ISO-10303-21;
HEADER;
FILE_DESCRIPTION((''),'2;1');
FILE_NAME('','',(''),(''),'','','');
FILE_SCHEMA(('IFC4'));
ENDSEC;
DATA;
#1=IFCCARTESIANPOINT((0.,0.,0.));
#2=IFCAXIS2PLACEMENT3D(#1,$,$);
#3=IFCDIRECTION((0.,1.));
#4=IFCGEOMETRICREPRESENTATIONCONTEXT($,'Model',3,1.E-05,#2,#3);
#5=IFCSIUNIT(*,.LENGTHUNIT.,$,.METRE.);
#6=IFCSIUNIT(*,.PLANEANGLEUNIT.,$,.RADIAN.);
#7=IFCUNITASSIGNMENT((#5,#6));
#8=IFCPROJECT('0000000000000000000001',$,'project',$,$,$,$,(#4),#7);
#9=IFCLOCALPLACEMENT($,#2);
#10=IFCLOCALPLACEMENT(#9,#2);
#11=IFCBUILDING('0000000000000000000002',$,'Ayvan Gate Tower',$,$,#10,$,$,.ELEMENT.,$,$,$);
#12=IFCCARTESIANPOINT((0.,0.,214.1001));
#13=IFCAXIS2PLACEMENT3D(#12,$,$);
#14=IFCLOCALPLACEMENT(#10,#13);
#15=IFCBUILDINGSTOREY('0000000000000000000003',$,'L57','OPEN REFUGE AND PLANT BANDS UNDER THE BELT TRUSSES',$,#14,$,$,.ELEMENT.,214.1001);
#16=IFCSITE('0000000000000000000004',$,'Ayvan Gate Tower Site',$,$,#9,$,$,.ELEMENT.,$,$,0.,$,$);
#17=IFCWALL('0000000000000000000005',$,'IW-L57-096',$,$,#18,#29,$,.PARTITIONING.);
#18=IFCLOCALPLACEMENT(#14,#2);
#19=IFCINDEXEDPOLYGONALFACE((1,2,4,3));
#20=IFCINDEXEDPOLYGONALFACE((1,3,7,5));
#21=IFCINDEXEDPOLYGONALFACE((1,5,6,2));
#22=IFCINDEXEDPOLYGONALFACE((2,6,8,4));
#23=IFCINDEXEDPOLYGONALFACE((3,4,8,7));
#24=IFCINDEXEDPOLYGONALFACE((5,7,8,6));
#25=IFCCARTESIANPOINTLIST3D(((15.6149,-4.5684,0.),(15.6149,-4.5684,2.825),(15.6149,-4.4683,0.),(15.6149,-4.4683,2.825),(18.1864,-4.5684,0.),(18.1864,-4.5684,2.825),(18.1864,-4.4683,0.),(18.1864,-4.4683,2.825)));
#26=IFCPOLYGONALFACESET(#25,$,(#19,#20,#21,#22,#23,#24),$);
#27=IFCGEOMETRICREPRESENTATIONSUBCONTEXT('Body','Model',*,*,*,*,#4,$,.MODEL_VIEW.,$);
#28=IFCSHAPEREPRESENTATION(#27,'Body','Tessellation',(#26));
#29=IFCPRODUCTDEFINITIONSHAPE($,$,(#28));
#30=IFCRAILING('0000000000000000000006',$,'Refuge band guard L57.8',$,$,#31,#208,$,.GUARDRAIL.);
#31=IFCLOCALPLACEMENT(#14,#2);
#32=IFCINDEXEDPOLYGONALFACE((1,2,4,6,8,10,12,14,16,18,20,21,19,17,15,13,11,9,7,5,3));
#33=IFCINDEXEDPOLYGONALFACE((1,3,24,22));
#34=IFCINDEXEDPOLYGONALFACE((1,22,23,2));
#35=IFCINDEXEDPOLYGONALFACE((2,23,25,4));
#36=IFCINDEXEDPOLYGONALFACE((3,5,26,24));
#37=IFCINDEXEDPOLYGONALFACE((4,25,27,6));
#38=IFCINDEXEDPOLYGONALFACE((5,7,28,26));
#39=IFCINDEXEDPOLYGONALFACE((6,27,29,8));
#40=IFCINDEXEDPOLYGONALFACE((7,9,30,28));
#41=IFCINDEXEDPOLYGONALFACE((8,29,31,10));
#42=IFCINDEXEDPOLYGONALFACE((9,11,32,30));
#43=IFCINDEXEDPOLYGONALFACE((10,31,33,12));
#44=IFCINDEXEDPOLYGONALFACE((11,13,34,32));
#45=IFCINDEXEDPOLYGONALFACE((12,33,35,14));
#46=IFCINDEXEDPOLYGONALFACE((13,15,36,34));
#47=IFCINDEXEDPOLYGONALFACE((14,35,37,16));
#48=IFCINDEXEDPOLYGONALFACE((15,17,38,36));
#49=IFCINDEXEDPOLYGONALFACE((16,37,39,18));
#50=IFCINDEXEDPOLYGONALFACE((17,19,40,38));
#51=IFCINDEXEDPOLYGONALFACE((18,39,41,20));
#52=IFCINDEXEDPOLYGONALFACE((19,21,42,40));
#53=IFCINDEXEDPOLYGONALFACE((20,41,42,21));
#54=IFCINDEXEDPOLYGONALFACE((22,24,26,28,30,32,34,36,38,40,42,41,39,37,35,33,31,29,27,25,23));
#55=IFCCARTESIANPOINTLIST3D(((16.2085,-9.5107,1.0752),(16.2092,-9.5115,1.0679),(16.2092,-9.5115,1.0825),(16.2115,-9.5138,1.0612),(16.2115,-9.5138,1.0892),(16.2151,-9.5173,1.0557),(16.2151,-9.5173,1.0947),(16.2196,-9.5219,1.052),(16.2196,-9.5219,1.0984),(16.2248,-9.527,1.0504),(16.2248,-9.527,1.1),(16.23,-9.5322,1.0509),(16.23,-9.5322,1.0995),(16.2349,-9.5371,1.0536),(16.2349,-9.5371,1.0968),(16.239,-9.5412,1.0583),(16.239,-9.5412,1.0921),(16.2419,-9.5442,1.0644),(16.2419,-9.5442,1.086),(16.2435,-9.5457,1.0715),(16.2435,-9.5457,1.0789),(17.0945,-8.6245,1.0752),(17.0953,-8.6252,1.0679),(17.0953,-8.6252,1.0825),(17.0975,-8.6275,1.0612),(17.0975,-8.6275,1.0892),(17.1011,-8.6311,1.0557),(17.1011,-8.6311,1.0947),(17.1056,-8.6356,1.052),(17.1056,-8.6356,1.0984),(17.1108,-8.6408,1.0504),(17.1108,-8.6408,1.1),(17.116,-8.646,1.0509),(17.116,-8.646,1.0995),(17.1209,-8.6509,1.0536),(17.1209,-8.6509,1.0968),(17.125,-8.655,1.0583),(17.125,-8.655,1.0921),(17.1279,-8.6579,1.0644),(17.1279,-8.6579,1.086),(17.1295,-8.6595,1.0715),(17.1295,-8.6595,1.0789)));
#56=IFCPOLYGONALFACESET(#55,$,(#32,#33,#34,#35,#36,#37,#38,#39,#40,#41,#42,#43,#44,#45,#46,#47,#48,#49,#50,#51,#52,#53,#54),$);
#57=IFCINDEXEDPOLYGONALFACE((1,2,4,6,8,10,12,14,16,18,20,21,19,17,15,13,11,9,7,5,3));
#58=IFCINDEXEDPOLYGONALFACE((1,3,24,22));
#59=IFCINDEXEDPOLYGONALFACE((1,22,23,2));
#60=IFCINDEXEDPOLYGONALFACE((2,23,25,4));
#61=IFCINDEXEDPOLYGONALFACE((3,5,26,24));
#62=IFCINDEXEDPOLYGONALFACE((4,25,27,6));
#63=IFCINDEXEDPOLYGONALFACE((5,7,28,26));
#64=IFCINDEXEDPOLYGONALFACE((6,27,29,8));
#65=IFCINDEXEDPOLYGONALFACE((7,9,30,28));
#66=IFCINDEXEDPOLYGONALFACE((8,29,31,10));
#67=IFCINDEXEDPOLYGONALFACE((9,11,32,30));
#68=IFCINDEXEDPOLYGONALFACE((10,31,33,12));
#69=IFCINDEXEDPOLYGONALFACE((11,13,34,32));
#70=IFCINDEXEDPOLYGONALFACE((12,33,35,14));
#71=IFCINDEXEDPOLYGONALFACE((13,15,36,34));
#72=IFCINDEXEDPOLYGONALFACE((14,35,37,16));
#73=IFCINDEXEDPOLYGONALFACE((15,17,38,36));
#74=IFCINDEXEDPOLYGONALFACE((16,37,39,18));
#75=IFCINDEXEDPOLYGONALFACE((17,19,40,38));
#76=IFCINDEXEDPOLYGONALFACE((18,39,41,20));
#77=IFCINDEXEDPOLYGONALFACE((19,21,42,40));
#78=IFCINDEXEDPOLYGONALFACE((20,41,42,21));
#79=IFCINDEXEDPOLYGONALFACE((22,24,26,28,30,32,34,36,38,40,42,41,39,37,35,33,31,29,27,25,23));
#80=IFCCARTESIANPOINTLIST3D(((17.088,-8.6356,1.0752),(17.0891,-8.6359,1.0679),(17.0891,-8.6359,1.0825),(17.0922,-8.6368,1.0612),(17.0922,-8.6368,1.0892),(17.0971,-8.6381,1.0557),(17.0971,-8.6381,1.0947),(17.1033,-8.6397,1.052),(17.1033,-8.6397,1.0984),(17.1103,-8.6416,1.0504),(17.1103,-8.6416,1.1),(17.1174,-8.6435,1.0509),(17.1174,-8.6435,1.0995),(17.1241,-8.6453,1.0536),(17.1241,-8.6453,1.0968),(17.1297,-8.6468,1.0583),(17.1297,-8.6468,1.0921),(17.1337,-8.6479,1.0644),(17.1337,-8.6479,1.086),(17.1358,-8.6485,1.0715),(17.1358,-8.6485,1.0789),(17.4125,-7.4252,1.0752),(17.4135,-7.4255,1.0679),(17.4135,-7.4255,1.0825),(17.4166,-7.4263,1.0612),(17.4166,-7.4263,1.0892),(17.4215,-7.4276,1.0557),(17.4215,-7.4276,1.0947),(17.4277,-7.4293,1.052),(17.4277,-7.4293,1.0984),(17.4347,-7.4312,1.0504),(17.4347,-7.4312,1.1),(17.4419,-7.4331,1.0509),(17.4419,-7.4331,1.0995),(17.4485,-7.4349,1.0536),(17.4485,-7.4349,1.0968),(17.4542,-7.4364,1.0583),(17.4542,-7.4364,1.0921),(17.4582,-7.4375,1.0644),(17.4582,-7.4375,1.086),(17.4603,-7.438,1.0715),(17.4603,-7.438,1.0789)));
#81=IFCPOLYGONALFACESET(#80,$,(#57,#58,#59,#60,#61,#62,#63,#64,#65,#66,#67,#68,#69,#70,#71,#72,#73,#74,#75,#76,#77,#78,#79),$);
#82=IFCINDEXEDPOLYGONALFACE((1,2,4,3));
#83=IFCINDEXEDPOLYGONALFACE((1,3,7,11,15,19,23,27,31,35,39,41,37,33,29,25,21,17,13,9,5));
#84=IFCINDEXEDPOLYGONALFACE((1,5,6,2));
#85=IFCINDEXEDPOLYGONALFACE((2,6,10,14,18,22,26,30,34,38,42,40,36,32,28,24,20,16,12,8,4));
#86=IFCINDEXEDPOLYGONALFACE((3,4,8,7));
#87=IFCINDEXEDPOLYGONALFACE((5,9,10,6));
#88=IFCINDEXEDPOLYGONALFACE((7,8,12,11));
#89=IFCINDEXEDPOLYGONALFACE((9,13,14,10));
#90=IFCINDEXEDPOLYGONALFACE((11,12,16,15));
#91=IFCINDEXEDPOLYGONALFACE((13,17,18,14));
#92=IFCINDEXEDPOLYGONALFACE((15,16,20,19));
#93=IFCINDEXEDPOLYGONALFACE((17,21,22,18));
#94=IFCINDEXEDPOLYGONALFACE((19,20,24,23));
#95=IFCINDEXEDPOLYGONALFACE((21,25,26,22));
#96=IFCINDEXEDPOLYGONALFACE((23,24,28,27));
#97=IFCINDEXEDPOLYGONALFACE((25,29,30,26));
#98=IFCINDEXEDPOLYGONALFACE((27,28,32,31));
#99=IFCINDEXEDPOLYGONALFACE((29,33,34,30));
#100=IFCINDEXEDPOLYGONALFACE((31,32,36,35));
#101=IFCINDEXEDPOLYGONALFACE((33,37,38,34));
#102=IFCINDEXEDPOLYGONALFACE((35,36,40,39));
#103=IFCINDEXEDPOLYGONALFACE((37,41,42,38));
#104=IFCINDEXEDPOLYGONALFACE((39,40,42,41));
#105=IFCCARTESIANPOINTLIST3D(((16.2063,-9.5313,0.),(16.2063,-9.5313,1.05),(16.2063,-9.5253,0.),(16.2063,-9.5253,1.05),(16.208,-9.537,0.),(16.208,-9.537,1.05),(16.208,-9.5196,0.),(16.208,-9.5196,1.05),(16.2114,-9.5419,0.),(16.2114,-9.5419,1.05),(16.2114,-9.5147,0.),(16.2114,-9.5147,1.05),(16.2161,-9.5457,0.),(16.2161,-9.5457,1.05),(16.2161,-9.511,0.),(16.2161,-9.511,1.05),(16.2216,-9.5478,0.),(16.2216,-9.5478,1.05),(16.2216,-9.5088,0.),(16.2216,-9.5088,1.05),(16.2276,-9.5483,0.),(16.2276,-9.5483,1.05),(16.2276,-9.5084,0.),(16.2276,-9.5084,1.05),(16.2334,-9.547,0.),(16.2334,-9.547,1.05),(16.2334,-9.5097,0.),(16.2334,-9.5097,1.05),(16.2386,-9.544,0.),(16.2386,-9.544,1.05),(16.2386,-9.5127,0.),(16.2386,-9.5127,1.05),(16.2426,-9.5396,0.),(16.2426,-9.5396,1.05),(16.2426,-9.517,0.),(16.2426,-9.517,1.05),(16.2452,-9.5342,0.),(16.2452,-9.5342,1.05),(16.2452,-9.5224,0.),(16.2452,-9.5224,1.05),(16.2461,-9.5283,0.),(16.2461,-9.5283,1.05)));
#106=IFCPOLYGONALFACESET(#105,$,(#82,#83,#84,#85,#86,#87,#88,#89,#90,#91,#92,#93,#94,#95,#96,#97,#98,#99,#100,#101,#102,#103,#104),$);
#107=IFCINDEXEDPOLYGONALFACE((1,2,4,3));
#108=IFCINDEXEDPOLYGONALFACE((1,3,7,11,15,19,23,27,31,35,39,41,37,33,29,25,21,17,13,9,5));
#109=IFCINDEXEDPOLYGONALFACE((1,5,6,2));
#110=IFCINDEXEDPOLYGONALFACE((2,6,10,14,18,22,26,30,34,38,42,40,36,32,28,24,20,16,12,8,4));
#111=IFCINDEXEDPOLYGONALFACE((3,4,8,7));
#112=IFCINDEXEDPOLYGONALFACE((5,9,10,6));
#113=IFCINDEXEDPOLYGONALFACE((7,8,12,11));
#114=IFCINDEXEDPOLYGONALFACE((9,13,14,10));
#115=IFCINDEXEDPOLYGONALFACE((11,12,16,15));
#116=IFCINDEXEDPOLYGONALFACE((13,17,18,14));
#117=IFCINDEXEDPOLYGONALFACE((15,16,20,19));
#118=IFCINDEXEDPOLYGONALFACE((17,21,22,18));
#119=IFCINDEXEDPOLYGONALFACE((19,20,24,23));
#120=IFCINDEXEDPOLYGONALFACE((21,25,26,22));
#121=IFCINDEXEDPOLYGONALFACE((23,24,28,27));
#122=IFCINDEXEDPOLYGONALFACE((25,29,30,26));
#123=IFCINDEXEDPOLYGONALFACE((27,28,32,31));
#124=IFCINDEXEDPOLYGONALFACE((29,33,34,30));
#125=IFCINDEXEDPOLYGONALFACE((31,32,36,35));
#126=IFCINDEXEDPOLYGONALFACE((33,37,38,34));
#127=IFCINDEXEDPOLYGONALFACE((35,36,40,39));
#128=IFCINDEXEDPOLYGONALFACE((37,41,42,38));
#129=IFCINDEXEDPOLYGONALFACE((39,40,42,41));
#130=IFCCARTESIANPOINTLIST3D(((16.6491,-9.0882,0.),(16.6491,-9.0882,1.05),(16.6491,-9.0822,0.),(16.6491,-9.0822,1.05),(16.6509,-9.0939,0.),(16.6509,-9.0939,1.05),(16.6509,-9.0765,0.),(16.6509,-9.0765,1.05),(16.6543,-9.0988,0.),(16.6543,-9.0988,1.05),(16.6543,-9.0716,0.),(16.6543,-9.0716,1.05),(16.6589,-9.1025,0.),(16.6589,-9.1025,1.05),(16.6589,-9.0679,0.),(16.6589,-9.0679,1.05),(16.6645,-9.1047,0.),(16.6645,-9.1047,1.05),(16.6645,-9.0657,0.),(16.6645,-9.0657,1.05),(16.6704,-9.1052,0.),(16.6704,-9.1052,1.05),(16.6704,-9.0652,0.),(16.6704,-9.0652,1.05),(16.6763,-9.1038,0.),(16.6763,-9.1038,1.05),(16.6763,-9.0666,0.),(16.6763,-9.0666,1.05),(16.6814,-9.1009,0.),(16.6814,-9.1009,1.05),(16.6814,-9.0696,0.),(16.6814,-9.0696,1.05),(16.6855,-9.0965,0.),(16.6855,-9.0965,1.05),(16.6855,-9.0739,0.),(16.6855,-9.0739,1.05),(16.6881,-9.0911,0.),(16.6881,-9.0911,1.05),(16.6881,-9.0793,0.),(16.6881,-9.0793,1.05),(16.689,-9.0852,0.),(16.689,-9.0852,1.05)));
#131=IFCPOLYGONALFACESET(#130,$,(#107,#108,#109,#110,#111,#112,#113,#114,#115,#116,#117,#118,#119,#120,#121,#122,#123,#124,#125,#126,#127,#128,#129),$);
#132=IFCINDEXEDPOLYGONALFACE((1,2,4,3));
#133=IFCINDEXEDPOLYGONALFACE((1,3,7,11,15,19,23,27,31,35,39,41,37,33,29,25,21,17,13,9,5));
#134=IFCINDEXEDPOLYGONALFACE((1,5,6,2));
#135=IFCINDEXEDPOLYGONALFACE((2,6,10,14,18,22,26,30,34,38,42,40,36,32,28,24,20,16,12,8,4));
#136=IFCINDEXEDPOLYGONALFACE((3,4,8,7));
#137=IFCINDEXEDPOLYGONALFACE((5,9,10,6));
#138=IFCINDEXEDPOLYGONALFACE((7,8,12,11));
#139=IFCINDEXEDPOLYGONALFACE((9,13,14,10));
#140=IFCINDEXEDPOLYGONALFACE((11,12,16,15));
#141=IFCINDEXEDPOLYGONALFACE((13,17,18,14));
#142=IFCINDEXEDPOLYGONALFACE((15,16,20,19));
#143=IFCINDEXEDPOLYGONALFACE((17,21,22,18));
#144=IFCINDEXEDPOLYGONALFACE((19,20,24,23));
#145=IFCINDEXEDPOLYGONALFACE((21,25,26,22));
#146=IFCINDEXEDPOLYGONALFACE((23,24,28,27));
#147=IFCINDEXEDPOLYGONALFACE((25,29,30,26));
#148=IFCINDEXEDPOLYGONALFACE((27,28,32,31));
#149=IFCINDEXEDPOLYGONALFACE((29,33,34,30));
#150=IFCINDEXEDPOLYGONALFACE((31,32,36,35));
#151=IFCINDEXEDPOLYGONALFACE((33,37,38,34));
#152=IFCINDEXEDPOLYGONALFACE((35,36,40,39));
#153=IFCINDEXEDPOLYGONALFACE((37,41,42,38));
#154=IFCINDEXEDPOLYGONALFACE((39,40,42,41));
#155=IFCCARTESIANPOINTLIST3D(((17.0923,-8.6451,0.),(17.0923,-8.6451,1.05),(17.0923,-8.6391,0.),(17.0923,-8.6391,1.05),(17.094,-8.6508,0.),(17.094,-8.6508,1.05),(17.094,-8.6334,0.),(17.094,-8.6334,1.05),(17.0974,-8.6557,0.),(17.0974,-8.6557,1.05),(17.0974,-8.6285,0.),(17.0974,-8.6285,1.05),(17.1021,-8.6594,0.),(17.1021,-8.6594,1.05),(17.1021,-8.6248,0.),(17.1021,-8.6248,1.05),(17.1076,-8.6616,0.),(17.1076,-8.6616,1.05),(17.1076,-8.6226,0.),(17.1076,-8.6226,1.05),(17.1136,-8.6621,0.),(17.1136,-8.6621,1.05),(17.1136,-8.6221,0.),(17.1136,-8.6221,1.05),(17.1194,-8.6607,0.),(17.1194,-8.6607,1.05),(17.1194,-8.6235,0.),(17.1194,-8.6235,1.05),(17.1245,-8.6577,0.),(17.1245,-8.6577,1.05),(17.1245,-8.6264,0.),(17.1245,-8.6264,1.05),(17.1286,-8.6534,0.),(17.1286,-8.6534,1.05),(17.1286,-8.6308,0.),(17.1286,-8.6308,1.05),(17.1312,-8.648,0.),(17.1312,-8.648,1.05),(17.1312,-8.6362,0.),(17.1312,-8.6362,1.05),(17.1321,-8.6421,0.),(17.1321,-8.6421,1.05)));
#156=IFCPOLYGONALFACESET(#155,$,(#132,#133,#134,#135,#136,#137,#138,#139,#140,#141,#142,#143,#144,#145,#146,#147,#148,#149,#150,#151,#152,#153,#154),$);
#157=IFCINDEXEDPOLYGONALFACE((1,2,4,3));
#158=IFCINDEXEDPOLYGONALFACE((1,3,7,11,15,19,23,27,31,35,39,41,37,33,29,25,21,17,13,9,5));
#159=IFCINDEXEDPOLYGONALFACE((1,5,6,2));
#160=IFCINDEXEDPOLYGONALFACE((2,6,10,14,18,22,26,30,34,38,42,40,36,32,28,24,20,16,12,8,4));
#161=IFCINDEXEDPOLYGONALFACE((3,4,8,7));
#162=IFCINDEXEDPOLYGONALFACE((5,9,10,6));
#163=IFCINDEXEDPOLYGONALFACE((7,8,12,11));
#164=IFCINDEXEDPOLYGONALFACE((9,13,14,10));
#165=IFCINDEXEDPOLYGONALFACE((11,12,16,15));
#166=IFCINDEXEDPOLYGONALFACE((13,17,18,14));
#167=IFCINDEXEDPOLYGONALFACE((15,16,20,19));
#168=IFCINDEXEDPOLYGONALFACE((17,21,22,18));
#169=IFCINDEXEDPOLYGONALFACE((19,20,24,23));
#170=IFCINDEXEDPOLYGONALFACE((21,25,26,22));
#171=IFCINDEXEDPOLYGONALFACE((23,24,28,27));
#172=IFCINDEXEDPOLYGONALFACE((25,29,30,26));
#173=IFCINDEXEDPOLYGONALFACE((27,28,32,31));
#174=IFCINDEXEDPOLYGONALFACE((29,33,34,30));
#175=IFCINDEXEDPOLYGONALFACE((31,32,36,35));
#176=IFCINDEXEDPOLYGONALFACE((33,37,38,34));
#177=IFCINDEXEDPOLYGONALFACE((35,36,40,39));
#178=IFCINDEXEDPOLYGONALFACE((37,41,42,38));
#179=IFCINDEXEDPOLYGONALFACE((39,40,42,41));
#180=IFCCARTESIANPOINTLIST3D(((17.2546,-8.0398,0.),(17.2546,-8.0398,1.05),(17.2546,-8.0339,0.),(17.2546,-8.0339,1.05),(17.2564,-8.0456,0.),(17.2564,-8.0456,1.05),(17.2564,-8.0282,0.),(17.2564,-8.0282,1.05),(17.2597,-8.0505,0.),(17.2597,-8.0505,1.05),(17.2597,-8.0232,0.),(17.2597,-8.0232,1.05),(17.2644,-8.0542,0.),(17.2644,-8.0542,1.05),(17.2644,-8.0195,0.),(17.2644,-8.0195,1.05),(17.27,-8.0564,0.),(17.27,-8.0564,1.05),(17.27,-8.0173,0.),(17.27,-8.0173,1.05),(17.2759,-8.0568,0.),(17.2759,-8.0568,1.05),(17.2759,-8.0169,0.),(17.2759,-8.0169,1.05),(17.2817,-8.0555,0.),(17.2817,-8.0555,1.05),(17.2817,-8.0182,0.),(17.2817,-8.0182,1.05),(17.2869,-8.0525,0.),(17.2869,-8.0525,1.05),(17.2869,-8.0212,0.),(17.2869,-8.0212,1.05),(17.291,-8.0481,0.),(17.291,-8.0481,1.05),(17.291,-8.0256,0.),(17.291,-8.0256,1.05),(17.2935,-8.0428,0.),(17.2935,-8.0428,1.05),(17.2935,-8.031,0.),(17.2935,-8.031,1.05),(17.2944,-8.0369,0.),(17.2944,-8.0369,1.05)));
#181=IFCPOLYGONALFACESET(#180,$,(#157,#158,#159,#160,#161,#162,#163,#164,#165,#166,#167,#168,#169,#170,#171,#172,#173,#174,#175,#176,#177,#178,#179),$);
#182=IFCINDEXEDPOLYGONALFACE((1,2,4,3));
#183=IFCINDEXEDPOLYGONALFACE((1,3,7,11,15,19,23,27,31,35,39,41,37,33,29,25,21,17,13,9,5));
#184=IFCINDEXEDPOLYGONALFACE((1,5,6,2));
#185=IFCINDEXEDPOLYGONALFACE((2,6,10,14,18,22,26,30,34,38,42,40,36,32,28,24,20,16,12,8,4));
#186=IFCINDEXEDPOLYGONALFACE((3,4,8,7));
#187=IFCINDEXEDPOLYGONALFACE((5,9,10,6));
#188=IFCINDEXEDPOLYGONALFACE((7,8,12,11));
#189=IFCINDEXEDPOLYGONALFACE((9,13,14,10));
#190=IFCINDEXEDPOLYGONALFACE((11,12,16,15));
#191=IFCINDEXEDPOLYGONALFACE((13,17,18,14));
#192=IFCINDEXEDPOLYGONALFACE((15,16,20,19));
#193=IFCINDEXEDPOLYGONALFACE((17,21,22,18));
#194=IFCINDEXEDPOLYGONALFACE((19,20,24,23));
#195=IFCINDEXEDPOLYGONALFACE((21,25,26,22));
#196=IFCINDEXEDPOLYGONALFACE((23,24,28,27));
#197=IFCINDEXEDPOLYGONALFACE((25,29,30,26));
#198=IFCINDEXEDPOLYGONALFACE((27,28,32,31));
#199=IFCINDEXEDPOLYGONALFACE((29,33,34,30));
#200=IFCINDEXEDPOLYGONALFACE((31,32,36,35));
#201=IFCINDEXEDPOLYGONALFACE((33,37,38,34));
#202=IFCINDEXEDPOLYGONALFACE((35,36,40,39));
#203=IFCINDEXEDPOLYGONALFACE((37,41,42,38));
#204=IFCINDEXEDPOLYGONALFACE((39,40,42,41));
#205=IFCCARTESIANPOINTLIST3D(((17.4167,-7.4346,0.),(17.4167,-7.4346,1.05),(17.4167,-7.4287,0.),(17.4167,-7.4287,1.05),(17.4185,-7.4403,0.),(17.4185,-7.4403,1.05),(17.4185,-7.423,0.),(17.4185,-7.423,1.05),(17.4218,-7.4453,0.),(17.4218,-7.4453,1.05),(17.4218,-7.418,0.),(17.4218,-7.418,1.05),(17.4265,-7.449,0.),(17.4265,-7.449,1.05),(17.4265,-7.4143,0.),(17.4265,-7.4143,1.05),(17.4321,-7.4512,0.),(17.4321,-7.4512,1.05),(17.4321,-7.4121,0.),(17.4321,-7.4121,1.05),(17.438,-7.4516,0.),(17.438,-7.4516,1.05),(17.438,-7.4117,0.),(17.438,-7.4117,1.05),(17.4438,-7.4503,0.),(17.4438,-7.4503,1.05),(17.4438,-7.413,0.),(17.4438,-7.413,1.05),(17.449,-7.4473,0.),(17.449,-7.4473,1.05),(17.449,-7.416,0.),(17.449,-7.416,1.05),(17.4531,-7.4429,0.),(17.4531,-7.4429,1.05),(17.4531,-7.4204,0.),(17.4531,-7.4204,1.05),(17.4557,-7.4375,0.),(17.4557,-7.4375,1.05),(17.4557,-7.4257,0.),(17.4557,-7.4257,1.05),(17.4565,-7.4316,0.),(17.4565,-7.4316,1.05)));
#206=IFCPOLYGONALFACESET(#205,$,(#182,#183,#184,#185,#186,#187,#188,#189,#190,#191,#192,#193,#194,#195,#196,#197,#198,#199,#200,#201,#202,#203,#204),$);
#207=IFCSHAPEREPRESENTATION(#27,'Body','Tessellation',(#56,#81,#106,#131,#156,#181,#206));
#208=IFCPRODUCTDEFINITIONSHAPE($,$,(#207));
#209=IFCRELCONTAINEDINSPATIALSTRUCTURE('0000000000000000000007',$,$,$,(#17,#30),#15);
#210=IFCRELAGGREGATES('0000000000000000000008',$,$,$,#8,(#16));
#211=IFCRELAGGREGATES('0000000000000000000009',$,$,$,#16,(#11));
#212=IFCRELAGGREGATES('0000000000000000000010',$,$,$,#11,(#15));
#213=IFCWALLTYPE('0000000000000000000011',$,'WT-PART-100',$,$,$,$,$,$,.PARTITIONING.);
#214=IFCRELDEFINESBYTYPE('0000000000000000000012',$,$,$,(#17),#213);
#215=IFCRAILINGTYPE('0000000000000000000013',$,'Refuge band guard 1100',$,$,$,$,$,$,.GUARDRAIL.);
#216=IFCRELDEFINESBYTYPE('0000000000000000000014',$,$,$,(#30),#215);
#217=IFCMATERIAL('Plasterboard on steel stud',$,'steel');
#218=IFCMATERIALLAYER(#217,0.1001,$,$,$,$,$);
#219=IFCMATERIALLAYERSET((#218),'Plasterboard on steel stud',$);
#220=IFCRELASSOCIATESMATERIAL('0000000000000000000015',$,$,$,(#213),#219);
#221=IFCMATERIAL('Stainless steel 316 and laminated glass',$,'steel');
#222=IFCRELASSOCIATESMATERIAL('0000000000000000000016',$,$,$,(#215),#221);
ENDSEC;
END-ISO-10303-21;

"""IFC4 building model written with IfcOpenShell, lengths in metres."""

from ifc_helpers import new_model, si_unit, direction, frame, frame_2d, origin, origin_2d, place, context, subcontext, project, spatial, rectangle, circle, extrude, material, layer, layer_set, type_object, element, save


model = new_model("IFC4")

# Units and contexts
model_context = context("Model", 3, precision=1e-05, world=origin(), true_north=direction((0.0, 1.0)))
body_context = subcontext(model_context, "Body", "Model", "MODEL_VIEW")
ifc_project = project(units=[si_unit("LENGTHUNIT", "METRE"), si_unit("PLANEANGLEUNIT", "RADIAN")], contexts=[model_context])

# Site, building, storey
site_placement = place(None, origin())
site = spatial("IfcSite", under=ifc_project, at=site_placement, Name="Ayvan Gate Tower Site", CompositionType="ELEMENT", RefElevation=0.0)
building_placement = place(site_placement, origin())
building = spatial("IfcBuilding", under=site, at=building_placement, Name="Ayvan Gate Tower", CompositionType="ELEMENT")
storey_placement = place(building_placement, frame((0.0, 0.0, 214.1001)))
storey = spatial("IfcBuildingStorey", under=building, at=storey_placement, Name="L57", Description="OPEN REFUGE AND PLANT BANDS UNDER THE BELT TRUSSES", CompositionType="ELEMENT", Elevation=214.1001)

# Shared definitions
ifc_material_1 = material(Name="Plasterboard on steel stud", Category="steel")

# Wall
ifc_layer_1 = layer(ifc_material_1, 0.1001)
ifc_layer_set_1 = layer_set([ifc_layer_1], Name="Plasterboard on steel stud")
wall_type_1 = type_object("IfcWallType", Name="WT-PART-100", PredefinedType="PARTITIONING", material=ifc_layer_set_1)
wall_1_placement = place(storey_placement, frame((15.615, -4.5183, 0.0), z_axis=(0.0, 0.0, 1.0), x_axis=(1.0, 0.0, 0.0)))
element("IfcWall", 1, at=wall_1_placement, inside=storey, type_object=wall_type_1, Name="IW-L57-096", PredefinedType="PARTITIONING", context=body_context, shape_type="SweptSolid", body=[
    extrude(rectangle(XDim=2.5715, YDim=0.1001, at=frame_2d((1.2856, 0.0))), origin(), (0.0, 0.0, 1.0), 2.825),
])

# Railing
ifc_material_2 = material(Name="Stainless steel 316 and laminated glass", Category="steel")
railing_type = type_object("IfcRailingType", Name="Refuge band guard 1100", PredefinedType="GUARDRAIL", material=ifc_material_2)
railing_1_placement = place(storey_placement, frame((16.2261, -9.5283, 0.0)))
element("IfcRailing", 2, at=railing_1_placement, inside=storey, type_object=railing_type, Name="Refuge band guard L57.8", PredefinedType="GUARDRAIL", context=body_context, shape_type="SweptSolid", body=[
    extrude(circle(Radius=0.0249, at=origin_2d()), frame((0.0, 0.0, 1.0752), z_axis=(0.707009, 0.707204, 0.0), x_axis=(-0.707204, 0.707009, 0.0)), (0.0, 0.0, 1.0), 1.2532),
    extrude(circle(Radius=0.0249, at=origin_2d()), frame((0.886, 0.8862, 1.0752), z_axis=(0.258911, 0.965901, 0.0), x_axis=(-0.965901, 0.258911, 0.0)), (0.0, 0.0, 1.0), 1.2532),
    extrude(circle(Radius=0.02, at=origin_2d()), origin(), (0.0, 0.0, 1.0), 1.05),
    extrude(circle(Radius=0.02, at=origin_2d()), frame((0.4429, 0.4431, 0.0)), (0.0, 0.0, 1.0), 1.05),
    extrude(circle(Radius=0.02, at=origin_2d()), frame((0.886, 0.8862, 0.0)), (0.0, 0.0, 1.0), 1.05),
    extrude(circle(Radius=0.02, at=origin_2d()), frame((1.0483, 1.4915, 0.0)), (0.0, 0.0, 1.0), 1.05),
    extrude(circle(Radius=0.02, at=origin_2d()), frame((1.2104, 2.0967, 0.0)), (0.0, 0.0, 1.0), 1.05),
])

save(model, "model.ifc")
